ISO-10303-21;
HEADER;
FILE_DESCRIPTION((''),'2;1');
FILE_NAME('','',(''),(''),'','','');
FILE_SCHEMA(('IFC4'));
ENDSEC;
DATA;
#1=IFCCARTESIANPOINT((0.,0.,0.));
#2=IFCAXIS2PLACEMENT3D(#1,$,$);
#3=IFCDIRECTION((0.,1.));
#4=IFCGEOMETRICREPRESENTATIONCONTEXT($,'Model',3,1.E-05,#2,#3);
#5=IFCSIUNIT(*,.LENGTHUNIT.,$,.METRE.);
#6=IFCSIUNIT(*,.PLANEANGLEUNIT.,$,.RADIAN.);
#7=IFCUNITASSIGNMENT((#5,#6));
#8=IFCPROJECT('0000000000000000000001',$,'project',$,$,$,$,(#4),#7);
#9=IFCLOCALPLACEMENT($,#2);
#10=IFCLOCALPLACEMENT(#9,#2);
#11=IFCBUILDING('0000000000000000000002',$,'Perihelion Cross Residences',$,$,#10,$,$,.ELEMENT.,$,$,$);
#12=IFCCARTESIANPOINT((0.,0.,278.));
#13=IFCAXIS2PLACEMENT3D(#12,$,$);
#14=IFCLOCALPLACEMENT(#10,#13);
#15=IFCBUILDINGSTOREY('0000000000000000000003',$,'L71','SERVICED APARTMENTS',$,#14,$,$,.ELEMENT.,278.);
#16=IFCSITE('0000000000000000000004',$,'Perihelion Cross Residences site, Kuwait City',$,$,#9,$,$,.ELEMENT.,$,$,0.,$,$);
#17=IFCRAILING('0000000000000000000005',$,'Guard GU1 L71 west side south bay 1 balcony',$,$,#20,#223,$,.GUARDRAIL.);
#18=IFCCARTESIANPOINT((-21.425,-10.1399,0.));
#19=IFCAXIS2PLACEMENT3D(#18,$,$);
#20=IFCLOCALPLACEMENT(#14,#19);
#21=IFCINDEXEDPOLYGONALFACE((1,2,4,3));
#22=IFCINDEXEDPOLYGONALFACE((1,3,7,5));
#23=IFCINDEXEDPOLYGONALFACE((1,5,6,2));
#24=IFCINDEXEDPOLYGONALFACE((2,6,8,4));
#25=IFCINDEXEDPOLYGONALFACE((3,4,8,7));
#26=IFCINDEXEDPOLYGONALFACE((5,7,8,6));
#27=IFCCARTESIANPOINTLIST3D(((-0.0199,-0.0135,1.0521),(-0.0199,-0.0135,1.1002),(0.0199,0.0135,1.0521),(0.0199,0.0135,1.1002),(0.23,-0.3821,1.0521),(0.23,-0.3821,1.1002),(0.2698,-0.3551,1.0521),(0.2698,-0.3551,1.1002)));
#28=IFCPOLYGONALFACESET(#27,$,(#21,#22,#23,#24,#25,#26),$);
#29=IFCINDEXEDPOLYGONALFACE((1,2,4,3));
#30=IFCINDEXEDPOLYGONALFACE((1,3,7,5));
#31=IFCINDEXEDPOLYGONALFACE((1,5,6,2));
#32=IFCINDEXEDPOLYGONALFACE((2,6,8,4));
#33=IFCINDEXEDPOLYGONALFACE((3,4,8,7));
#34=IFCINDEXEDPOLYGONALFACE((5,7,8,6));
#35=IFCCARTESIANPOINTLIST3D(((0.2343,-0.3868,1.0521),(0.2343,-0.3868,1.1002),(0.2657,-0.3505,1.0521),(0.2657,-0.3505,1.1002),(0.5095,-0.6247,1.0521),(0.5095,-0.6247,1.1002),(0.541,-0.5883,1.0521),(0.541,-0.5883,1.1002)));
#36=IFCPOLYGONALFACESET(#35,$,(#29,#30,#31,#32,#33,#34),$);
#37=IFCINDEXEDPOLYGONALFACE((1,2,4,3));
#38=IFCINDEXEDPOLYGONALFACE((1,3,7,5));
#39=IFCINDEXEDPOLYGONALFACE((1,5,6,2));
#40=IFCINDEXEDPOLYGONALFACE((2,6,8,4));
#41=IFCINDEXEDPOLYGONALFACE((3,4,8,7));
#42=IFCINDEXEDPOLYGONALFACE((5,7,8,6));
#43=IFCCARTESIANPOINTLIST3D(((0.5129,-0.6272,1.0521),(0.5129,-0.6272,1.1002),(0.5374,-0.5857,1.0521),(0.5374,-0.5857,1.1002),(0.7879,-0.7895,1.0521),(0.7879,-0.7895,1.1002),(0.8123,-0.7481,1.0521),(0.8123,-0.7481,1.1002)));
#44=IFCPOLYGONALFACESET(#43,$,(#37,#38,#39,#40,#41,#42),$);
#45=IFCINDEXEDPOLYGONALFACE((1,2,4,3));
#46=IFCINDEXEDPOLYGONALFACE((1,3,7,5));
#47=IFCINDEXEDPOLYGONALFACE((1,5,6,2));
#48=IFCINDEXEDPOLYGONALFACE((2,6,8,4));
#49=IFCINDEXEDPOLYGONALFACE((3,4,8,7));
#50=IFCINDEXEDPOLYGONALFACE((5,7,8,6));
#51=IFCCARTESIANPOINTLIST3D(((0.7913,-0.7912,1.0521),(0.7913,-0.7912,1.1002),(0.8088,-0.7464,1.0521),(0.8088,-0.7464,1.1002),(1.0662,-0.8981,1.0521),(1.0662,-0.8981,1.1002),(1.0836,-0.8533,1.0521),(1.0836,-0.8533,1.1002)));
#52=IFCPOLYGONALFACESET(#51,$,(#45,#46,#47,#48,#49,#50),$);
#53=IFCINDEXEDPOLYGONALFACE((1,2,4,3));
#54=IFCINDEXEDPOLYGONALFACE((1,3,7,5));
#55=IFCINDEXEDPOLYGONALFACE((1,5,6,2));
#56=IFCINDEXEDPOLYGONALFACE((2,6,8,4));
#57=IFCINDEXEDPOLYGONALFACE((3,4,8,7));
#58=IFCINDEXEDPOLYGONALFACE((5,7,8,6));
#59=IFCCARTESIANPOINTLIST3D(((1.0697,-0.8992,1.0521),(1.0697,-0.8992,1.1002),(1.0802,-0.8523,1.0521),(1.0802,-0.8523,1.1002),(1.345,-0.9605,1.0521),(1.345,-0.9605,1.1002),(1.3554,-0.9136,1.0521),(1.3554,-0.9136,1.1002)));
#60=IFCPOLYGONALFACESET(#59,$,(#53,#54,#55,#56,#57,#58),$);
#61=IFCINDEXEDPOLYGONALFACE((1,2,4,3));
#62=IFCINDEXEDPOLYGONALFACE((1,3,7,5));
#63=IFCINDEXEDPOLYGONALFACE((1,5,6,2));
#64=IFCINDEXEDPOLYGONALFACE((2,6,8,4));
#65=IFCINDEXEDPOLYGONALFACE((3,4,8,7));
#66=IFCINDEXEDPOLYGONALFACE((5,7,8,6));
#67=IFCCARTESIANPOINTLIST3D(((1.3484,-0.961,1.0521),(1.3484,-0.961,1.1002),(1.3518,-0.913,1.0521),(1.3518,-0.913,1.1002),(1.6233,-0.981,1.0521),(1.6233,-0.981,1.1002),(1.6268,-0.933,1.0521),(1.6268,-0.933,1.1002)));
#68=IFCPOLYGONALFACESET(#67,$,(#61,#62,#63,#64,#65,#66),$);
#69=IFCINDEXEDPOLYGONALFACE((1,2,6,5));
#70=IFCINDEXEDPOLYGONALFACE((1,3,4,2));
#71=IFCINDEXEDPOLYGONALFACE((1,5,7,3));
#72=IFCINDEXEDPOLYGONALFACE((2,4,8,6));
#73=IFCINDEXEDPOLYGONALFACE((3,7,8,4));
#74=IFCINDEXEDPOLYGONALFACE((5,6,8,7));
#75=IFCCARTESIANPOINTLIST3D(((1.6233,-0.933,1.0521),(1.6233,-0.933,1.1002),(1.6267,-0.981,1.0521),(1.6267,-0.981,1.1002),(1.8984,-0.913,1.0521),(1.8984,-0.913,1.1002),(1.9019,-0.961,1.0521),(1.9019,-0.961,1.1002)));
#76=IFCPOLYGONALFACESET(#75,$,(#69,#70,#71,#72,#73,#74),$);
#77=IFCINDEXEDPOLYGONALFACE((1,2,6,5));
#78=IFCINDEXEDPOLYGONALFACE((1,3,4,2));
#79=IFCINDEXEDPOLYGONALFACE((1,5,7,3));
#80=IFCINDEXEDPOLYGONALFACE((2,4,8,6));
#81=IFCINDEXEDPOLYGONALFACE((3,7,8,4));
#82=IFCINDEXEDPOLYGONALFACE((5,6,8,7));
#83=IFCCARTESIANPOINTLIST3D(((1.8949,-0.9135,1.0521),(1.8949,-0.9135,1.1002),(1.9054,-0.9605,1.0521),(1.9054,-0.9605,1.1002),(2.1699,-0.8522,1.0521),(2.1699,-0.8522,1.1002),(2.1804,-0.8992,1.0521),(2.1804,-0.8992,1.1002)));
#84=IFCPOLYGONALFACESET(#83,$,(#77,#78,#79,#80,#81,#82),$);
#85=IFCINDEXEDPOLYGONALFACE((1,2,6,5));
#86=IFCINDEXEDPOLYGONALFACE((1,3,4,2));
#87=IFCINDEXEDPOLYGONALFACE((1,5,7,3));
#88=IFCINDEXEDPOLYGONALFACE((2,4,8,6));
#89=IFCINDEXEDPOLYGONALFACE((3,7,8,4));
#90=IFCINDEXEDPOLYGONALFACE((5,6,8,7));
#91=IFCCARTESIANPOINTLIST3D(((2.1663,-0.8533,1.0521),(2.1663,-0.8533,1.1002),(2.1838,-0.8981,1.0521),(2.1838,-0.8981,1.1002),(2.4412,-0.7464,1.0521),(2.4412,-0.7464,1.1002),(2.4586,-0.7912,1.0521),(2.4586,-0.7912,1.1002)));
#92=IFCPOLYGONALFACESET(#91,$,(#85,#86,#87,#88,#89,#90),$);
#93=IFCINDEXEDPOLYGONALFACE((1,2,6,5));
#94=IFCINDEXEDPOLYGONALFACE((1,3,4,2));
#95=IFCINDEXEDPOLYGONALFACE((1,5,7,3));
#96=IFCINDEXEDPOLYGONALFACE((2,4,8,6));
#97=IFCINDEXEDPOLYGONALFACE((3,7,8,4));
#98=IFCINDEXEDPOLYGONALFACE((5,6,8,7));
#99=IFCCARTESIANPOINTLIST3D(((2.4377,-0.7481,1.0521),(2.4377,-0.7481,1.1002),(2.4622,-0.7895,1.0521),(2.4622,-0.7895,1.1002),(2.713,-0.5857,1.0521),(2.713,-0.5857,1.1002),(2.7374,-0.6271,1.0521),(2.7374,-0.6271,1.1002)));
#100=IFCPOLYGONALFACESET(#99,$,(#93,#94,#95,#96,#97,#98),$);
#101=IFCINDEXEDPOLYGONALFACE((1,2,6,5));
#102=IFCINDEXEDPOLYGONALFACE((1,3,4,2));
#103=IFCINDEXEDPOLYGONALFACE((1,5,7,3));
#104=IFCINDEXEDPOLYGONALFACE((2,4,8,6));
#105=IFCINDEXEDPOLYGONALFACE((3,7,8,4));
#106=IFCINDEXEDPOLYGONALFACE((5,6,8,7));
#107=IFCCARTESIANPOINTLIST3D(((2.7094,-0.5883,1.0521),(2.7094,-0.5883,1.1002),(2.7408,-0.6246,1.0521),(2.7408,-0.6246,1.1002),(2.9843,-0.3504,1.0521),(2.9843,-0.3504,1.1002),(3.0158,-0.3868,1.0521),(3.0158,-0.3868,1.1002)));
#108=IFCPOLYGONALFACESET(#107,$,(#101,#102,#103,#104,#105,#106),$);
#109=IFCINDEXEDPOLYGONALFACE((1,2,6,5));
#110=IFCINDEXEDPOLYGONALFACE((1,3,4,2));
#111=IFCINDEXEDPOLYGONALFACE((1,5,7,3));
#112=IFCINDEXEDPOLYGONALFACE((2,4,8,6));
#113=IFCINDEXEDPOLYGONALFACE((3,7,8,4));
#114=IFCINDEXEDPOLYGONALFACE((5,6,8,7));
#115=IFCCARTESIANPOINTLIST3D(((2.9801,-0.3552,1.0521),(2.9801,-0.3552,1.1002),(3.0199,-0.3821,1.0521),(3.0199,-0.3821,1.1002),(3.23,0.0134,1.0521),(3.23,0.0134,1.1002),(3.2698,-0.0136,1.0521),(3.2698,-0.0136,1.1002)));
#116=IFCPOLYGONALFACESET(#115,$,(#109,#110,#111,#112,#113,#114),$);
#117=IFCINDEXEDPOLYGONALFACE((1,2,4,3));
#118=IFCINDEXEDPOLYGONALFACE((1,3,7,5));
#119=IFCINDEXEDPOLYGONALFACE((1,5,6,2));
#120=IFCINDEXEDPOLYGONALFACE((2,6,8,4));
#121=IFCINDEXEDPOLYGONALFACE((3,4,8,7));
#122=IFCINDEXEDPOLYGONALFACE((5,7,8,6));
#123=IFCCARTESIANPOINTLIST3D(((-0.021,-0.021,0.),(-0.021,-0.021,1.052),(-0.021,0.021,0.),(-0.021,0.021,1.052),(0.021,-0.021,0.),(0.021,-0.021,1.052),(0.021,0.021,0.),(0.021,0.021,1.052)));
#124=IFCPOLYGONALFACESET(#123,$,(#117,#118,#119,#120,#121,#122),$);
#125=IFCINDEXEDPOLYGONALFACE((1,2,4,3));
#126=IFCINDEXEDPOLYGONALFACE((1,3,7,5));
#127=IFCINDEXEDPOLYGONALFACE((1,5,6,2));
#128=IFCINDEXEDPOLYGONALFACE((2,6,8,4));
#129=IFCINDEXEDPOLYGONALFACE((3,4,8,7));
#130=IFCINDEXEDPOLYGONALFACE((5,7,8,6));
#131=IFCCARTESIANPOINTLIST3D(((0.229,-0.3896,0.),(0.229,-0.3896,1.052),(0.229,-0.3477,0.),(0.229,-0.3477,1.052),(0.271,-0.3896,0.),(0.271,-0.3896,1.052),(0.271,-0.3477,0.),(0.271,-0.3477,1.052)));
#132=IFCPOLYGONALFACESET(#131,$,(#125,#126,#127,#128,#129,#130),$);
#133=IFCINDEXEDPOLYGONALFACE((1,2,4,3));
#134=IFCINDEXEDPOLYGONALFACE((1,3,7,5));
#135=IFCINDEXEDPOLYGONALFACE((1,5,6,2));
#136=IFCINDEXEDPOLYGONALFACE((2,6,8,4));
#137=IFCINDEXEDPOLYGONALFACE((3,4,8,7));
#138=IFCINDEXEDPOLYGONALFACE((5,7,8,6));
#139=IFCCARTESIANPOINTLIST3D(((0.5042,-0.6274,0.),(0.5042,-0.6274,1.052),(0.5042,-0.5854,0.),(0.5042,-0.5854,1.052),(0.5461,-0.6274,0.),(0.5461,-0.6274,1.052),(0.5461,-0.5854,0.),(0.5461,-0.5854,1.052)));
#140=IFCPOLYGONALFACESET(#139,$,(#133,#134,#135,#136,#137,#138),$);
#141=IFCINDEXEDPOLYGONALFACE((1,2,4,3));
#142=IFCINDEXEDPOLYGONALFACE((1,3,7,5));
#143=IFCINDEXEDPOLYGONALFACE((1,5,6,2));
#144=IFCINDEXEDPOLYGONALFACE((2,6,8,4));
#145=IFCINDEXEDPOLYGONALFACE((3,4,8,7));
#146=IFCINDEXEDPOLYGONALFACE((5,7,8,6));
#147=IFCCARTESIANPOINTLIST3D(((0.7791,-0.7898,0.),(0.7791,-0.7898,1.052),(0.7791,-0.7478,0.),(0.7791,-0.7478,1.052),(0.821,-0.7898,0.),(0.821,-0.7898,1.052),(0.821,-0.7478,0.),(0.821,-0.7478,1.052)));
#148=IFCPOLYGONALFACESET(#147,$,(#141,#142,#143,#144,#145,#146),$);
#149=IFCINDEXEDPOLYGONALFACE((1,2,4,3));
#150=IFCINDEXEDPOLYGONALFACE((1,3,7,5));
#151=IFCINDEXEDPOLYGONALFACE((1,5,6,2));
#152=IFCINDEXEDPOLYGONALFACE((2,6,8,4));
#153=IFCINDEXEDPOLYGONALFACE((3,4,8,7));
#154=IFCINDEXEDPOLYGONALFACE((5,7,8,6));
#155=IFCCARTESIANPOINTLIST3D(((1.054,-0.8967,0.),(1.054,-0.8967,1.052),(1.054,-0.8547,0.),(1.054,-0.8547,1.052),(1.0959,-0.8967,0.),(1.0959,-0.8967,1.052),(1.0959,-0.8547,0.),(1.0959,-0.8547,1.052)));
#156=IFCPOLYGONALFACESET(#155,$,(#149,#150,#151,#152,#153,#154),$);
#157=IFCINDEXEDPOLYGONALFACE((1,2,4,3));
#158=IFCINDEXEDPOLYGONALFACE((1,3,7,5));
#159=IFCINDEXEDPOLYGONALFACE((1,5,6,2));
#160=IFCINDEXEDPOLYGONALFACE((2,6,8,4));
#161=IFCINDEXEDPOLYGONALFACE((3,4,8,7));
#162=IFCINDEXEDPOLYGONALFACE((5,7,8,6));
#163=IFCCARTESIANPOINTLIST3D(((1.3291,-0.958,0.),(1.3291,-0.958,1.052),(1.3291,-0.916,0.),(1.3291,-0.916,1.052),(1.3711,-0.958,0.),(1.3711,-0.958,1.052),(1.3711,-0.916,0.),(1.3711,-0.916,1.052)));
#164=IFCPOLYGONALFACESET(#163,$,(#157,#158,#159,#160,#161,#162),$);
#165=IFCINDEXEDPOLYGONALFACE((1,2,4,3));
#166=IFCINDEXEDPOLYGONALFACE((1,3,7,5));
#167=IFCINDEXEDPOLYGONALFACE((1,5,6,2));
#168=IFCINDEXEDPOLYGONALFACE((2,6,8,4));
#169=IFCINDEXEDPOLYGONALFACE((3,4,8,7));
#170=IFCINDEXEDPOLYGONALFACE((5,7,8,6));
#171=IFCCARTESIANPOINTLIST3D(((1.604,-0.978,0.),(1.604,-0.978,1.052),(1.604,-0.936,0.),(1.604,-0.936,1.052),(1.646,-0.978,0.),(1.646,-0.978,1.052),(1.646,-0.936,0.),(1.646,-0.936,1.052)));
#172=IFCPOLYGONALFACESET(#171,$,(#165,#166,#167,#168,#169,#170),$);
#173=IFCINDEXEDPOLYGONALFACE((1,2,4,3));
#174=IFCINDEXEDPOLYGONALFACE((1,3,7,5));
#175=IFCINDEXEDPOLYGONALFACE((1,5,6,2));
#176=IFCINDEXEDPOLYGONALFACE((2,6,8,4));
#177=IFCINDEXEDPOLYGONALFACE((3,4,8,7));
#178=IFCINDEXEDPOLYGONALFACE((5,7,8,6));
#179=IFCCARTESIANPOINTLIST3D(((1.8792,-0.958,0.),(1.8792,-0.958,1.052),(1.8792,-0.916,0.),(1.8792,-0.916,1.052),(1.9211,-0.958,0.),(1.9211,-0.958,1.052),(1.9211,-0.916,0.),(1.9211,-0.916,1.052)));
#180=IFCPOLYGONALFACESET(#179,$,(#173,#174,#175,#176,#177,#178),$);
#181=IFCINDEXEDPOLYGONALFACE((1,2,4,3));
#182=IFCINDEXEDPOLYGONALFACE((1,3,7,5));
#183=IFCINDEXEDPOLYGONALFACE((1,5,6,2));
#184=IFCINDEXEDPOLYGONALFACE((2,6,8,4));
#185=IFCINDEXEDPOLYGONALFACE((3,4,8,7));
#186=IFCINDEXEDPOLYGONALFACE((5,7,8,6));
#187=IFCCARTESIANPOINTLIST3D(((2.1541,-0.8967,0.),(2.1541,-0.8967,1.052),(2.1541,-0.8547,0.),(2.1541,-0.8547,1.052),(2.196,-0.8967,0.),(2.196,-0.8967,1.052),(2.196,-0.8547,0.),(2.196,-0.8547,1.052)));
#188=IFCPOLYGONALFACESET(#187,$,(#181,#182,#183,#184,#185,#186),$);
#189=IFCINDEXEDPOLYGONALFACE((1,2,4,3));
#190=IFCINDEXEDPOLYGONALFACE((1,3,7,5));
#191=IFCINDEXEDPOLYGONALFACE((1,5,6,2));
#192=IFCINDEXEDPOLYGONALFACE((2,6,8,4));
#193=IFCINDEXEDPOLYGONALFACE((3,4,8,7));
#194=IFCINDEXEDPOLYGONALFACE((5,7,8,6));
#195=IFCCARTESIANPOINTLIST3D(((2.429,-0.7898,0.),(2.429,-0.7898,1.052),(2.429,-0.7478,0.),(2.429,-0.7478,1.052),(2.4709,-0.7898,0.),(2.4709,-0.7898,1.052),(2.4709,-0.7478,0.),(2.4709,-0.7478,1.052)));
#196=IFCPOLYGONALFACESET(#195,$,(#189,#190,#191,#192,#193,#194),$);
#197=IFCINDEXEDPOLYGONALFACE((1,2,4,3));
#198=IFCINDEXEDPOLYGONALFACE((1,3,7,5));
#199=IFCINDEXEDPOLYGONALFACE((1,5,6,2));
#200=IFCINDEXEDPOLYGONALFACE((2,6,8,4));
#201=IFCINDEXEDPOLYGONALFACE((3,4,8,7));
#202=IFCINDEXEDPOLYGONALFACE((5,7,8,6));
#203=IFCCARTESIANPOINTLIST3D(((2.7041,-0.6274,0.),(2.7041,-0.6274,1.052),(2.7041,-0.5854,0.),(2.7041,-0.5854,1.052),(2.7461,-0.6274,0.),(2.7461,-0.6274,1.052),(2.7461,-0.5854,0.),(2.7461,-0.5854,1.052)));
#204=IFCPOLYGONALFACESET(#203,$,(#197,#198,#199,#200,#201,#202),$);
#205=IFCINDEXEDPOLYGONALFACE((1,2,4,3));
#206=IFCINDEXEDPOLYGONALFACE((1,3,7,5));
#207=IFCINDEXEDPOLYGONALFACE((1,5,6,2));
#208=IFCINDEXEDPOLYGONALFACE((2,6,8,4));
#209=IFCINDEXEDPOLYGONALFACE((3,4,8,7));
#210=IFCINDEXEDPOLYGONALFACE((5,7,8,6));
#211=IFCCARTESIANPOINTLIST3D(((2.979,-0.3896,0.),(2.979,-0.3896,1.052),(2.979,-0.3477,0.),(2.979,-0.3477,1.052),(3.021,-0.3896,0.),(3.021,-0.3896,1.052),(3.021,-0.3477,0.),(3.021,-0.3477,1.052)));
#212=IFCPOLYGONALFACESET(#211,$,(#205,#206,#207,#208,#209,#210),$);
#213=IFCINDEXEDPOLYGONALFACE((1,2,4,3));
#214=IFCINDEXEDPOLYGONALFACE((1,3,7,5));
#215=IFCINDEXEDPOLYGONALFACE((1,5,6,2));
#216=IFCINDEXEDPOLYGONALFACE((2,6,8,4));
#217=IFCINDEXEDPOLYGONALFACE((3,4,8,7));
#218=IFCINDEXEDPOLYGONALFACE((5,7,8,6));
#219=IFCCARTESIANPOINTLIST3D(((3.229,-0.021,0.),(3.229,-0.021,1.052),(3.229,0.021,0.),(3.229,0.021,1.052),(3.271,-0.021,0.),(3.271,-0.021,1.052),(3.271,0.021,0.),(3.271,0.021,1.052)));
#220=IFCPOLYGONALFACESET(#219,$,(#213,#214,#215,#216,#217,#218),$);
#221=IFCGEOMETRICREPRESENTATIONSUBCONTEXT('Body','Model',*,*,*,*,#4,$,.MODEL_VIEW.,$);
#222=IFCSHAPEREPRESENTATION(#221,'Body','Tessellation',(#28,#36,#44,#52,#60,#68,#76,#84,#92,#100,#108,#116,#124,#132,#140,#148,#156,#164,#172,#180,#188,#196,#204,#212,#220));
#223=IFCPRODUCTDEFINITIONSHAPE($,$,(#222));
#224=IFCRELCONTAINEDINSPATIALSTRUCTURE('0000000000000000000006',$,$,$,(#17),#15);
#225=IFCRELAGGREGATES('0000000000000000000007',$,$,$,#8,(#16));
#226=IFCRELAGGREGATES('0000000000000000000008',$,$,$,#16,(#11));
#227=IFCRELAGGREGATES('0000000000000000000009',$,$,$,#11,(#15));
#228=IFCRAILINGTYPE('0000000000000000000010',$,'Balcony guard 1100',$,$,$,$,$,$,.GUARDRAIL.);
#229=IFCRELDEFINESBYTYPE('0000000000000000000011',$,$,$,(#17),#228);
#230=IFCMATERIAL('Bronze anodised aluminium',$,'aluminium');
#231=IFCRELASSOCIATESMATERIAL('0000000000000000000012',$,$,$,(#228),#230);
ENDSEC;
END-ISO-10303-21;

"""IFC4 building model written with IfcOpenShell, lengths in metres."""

from ifc_helpers import new_model, si_unit, direction, frame, origin, origin_2d, place, context, subcontext, project, spatial, rectangle, extrude, material, type_object, element, save


model = new_model("IFC4")

# Units and contexts
model_context = context("Model", 3, precision=1e-05, world=origin(), true_north=direction((0.0, 1.0)))
body_context = subcontext(model_context, "Body", "Model", "MODEL_VIEW")
ifc_project = project(units=[si_unit("LENGTHUNIT", "METRE"), si_unit("PLANEANGLEUNIT", "RADIAN")], contexts=[model_context])

# Site, building, storey
site_placement = place(None, origin())
site = spatial("IfcSite", under=ifc_project, at=site_placement, Name="Perihelion Cross Residences site, Kuwait City", CompositionType="ELEMENT", RefElevation=0.0)
building_placement = place(site_placement, origin())
building = spatial("IfcBuilding", under=site, at=building_placement, Name="Perihelion Cross Residences", CompositionType="ELEMENT")
storey_placement = place(building_placement, frame((0.0, 0.0, 278.0)))
storey = spatial("IfcBuildingStorey", under=building, at=storey_placement, Name="L71", Description="SERVICED APARTMENTS", CompositionType="ELEMENT", Elevation=278.0)

# Railing
ifc_material_1 = material(Name="Bronze anodised aluminium", Category="aluminium")
railing_type_1 = type_object("IfcRailingType", Name="Balcony guard 1100", PredefinedType="GUARDRAIL", material=ifc_material_1)
railing_1_placement = place(storey_placement, frame((-21.425, -10.1399, 0.0)))
element("IfcRailing", 1, at=railing_1_placement, inside=storey, type_object=railing_type_1, Name="Guard GU1 L71 west side south bay 1 balcony", PredefinedType="GUARDRAIL", context=body_context, shape_type="SweptSolid", body=[
    extrude(rectangle(XDim=0.0481, YDim=0.0481, at=origin_2d()), frame((0.0, 0.0, 1.0762), z_axis=(0.56126, -0.827639, 0.0), x_axis=(0.827639, 0.56126, 0.0)), (0.0, 0.0, 1.0), 0.4453),
    extrude(rectangle(XDim=0.0481, YDim=0.0481, at=origin_2d()), frame((0.25, -0.3687, 1.0762), z_axis=(0.756597, -0.653882, 0.0), x_axis=(0.653882, 0.756597, 0.0)), (0.0, 0.0, 1.0), 0.3638),
    extrude(rectangle(XDim=0.0481, YDim=0.0481, at=origin_2d()), frame((0.5251, -0.6064, 1.0762), z_axis=(0.861048, -0.508523, 0.0), x_axis=(0.508523, 0.861048, 0.0)), (0.0, 0.0, 1.0), 0.3193),
    extrude(rectangle(XDim=0.0481, YDim=0.0481, at=origin_2d()), frame((0.8, -0.7688, 1.0762), z_axis=(0.931974, -0.362526, 0.0), x_axis=(0.362526, 0.931974, 0.0)), (0.0, 0.0, 1.0), 0.2949),
    extrude(rectangle(XDim=0.0481, YDim=0.0481, at=origin_2d()), frame((1.075, -0.8757, 1.0762), z_axis=(0.976085, -0.217389, 0.0), x_axis=(0.217389, 0.976085, 0.0)), (0.0, 0.0, 1.0), 0.282),
    extrude(rectangle(XDim=0.0481, YDim=0.0481, at=origin_2d()), frame((1.3501, -0.937, 1.0762), z_axis=(0.997359, -0.072632, 0.0), x_axis=(0.072632, 0.997359, 0.0)), (0.0, 0.0, 1.0), 0.2756),
    extrude(rectangle(XDim=0.0481, YDim=0.0481, at=origin_2d()), frame((1.625, -0.957, 1.0762), z_axis=(0.997363, 0.072568, 0.0), x_axis=(-0.072568, 0.997363, 0.0)), (0.0, 0.0, 1.0), 0.2759),
    extrude(rectangle(XDim=0.0481, YDim=0.0481, at=origin_2d()), frame((1.9001, -0.937, 1.0762), z_axis=(0.976044, 0.217573, 0.0), x_axis=(-0.217573, 0.976044, 0.0)), (0.0, 0.0, 1.0), 0.2817),
    extrude(rectangle(XDim=0.0481, YDim=0.0481, at=origin_2d()), frame((2.175, -0.8757, 1.0762), z_axis=(0.931974, 0.362526, 0.0), x_axis=(-0.362526, 0.931974, 0.0)), (0.0, 0.0, 1.0), 0.2949),
    extrude(rectangle(XDim=0.0481, YDim=0.0481, at=origin_2d()), frame((2.45, -0.7688, 1.0762), z_axis=(0.861246, 0.508189, 0.0), x_axis=(-0.508189, 0.861246, 0.0)), (0.0, 0.0, 1.0), 0.3196),
    extrude(rectangle(XDim=0.0481, YDim=0.0481, at=origin_2d()), frame((2.7251, -0.6064, 1.0762), z_axis=(0.756309, 0.654214, 0.0), x_axis=(-0.654214, 0.756309, 0.0)), (0.0, 0.0, 1.0), 0.3635),
    extrude(rectangle(XDim=0.0481, YDim=0.0481, at=origin_2d()), frame((3.0, -0.3687, 1.0762), z_axis=(0.56126, 0.827639, 0.0), x_axis=(-0.827639, 0.56126, 0.0)), (0.0, 0.0, 1.0), 0.4453),
    extrude(rectangle(XDim=0.042, YDim=0.042, at=origin_2d()), origin(), (0.0, 0.0, 1.0), 1.052),
    extrude(rectangle(XDim=0.042, YDim=0.042, at=origin_2d()), frame((0.25, -0.3687, 0.0)), (0.0, 0.0, 1.0), 1.052),
    extrude(rectangle(XDim=0.042, YDim=0.042, at=origin_2d()), frame((0.5251, -0.6064, 0.0)), (0.0, 0.0, 1.0), 1.052),
    extrude(rectangle(XDim=0.042, YDim=0.042, at=origin_2d()), frame((0.8, -0.7688, 0.0)), (0.0, 0.0, 1.0), 1.052),
    extrude(rectangle(XDim=0.042, YDim=0.042, at=origin_2d()), frame((1.075, -0.8757, 0.0)), (0.0, 0.0, 1.0), 1.052),
    extrude(rectangle(XDim=0.042, YDim=0.042, at=origin_2d()), frame((1.3501, -0.937, 0.0)), (0.0, 0.0, 1.0), 1.052),
    extrude(rectangle(XDim=0.042, YDim=0.042, at=origin_2d()), frame((1.625, -0.957, 0.0)), (0.0, 0.0, 1.0), 1.052),
    extrude(rectangle(XDim=0.042, YDim=0.042, at=origin_2d()), frame((1.9001, -0.937, 0.0)), (0.0, 0.0, 1.0), 1.052),
    extrude(rectangle(XDim=0.042, YDim=0.042, at=origin_2d()), frame((2.175, -0.8757, 0.0)), (0.0, 0.0, 1.0), 1.052),
    extrude(rectangle(XDim=0.042, YDim=0.042, at=origin_2d()), frame((2.45, -0.7688, 0.0)), (0.0, 0.0, 1.0), 1.052),
    extrude(rectangle(XDim=0.042, YDim=0.042, at=origin_2d()), frame((2.7251, -0.6064, 0.0)), (0.0, 0.0, 1.0), 1.052),
    extrude(rectangle(XDim=0.042, YDim=0.042, at=origin_2d()), frame((3.0, -0.3687, 0.0)), (0.0, 0.0, 1.0), 1.052),
    extrude(rectangle(XDim=0.042, YDim=0.042, at=origin_2d()), frame((3.25, 0.0, 0.0)), (0.0, 0.0, 1.0), 1.052),
])

save(model, "model.ifc")
